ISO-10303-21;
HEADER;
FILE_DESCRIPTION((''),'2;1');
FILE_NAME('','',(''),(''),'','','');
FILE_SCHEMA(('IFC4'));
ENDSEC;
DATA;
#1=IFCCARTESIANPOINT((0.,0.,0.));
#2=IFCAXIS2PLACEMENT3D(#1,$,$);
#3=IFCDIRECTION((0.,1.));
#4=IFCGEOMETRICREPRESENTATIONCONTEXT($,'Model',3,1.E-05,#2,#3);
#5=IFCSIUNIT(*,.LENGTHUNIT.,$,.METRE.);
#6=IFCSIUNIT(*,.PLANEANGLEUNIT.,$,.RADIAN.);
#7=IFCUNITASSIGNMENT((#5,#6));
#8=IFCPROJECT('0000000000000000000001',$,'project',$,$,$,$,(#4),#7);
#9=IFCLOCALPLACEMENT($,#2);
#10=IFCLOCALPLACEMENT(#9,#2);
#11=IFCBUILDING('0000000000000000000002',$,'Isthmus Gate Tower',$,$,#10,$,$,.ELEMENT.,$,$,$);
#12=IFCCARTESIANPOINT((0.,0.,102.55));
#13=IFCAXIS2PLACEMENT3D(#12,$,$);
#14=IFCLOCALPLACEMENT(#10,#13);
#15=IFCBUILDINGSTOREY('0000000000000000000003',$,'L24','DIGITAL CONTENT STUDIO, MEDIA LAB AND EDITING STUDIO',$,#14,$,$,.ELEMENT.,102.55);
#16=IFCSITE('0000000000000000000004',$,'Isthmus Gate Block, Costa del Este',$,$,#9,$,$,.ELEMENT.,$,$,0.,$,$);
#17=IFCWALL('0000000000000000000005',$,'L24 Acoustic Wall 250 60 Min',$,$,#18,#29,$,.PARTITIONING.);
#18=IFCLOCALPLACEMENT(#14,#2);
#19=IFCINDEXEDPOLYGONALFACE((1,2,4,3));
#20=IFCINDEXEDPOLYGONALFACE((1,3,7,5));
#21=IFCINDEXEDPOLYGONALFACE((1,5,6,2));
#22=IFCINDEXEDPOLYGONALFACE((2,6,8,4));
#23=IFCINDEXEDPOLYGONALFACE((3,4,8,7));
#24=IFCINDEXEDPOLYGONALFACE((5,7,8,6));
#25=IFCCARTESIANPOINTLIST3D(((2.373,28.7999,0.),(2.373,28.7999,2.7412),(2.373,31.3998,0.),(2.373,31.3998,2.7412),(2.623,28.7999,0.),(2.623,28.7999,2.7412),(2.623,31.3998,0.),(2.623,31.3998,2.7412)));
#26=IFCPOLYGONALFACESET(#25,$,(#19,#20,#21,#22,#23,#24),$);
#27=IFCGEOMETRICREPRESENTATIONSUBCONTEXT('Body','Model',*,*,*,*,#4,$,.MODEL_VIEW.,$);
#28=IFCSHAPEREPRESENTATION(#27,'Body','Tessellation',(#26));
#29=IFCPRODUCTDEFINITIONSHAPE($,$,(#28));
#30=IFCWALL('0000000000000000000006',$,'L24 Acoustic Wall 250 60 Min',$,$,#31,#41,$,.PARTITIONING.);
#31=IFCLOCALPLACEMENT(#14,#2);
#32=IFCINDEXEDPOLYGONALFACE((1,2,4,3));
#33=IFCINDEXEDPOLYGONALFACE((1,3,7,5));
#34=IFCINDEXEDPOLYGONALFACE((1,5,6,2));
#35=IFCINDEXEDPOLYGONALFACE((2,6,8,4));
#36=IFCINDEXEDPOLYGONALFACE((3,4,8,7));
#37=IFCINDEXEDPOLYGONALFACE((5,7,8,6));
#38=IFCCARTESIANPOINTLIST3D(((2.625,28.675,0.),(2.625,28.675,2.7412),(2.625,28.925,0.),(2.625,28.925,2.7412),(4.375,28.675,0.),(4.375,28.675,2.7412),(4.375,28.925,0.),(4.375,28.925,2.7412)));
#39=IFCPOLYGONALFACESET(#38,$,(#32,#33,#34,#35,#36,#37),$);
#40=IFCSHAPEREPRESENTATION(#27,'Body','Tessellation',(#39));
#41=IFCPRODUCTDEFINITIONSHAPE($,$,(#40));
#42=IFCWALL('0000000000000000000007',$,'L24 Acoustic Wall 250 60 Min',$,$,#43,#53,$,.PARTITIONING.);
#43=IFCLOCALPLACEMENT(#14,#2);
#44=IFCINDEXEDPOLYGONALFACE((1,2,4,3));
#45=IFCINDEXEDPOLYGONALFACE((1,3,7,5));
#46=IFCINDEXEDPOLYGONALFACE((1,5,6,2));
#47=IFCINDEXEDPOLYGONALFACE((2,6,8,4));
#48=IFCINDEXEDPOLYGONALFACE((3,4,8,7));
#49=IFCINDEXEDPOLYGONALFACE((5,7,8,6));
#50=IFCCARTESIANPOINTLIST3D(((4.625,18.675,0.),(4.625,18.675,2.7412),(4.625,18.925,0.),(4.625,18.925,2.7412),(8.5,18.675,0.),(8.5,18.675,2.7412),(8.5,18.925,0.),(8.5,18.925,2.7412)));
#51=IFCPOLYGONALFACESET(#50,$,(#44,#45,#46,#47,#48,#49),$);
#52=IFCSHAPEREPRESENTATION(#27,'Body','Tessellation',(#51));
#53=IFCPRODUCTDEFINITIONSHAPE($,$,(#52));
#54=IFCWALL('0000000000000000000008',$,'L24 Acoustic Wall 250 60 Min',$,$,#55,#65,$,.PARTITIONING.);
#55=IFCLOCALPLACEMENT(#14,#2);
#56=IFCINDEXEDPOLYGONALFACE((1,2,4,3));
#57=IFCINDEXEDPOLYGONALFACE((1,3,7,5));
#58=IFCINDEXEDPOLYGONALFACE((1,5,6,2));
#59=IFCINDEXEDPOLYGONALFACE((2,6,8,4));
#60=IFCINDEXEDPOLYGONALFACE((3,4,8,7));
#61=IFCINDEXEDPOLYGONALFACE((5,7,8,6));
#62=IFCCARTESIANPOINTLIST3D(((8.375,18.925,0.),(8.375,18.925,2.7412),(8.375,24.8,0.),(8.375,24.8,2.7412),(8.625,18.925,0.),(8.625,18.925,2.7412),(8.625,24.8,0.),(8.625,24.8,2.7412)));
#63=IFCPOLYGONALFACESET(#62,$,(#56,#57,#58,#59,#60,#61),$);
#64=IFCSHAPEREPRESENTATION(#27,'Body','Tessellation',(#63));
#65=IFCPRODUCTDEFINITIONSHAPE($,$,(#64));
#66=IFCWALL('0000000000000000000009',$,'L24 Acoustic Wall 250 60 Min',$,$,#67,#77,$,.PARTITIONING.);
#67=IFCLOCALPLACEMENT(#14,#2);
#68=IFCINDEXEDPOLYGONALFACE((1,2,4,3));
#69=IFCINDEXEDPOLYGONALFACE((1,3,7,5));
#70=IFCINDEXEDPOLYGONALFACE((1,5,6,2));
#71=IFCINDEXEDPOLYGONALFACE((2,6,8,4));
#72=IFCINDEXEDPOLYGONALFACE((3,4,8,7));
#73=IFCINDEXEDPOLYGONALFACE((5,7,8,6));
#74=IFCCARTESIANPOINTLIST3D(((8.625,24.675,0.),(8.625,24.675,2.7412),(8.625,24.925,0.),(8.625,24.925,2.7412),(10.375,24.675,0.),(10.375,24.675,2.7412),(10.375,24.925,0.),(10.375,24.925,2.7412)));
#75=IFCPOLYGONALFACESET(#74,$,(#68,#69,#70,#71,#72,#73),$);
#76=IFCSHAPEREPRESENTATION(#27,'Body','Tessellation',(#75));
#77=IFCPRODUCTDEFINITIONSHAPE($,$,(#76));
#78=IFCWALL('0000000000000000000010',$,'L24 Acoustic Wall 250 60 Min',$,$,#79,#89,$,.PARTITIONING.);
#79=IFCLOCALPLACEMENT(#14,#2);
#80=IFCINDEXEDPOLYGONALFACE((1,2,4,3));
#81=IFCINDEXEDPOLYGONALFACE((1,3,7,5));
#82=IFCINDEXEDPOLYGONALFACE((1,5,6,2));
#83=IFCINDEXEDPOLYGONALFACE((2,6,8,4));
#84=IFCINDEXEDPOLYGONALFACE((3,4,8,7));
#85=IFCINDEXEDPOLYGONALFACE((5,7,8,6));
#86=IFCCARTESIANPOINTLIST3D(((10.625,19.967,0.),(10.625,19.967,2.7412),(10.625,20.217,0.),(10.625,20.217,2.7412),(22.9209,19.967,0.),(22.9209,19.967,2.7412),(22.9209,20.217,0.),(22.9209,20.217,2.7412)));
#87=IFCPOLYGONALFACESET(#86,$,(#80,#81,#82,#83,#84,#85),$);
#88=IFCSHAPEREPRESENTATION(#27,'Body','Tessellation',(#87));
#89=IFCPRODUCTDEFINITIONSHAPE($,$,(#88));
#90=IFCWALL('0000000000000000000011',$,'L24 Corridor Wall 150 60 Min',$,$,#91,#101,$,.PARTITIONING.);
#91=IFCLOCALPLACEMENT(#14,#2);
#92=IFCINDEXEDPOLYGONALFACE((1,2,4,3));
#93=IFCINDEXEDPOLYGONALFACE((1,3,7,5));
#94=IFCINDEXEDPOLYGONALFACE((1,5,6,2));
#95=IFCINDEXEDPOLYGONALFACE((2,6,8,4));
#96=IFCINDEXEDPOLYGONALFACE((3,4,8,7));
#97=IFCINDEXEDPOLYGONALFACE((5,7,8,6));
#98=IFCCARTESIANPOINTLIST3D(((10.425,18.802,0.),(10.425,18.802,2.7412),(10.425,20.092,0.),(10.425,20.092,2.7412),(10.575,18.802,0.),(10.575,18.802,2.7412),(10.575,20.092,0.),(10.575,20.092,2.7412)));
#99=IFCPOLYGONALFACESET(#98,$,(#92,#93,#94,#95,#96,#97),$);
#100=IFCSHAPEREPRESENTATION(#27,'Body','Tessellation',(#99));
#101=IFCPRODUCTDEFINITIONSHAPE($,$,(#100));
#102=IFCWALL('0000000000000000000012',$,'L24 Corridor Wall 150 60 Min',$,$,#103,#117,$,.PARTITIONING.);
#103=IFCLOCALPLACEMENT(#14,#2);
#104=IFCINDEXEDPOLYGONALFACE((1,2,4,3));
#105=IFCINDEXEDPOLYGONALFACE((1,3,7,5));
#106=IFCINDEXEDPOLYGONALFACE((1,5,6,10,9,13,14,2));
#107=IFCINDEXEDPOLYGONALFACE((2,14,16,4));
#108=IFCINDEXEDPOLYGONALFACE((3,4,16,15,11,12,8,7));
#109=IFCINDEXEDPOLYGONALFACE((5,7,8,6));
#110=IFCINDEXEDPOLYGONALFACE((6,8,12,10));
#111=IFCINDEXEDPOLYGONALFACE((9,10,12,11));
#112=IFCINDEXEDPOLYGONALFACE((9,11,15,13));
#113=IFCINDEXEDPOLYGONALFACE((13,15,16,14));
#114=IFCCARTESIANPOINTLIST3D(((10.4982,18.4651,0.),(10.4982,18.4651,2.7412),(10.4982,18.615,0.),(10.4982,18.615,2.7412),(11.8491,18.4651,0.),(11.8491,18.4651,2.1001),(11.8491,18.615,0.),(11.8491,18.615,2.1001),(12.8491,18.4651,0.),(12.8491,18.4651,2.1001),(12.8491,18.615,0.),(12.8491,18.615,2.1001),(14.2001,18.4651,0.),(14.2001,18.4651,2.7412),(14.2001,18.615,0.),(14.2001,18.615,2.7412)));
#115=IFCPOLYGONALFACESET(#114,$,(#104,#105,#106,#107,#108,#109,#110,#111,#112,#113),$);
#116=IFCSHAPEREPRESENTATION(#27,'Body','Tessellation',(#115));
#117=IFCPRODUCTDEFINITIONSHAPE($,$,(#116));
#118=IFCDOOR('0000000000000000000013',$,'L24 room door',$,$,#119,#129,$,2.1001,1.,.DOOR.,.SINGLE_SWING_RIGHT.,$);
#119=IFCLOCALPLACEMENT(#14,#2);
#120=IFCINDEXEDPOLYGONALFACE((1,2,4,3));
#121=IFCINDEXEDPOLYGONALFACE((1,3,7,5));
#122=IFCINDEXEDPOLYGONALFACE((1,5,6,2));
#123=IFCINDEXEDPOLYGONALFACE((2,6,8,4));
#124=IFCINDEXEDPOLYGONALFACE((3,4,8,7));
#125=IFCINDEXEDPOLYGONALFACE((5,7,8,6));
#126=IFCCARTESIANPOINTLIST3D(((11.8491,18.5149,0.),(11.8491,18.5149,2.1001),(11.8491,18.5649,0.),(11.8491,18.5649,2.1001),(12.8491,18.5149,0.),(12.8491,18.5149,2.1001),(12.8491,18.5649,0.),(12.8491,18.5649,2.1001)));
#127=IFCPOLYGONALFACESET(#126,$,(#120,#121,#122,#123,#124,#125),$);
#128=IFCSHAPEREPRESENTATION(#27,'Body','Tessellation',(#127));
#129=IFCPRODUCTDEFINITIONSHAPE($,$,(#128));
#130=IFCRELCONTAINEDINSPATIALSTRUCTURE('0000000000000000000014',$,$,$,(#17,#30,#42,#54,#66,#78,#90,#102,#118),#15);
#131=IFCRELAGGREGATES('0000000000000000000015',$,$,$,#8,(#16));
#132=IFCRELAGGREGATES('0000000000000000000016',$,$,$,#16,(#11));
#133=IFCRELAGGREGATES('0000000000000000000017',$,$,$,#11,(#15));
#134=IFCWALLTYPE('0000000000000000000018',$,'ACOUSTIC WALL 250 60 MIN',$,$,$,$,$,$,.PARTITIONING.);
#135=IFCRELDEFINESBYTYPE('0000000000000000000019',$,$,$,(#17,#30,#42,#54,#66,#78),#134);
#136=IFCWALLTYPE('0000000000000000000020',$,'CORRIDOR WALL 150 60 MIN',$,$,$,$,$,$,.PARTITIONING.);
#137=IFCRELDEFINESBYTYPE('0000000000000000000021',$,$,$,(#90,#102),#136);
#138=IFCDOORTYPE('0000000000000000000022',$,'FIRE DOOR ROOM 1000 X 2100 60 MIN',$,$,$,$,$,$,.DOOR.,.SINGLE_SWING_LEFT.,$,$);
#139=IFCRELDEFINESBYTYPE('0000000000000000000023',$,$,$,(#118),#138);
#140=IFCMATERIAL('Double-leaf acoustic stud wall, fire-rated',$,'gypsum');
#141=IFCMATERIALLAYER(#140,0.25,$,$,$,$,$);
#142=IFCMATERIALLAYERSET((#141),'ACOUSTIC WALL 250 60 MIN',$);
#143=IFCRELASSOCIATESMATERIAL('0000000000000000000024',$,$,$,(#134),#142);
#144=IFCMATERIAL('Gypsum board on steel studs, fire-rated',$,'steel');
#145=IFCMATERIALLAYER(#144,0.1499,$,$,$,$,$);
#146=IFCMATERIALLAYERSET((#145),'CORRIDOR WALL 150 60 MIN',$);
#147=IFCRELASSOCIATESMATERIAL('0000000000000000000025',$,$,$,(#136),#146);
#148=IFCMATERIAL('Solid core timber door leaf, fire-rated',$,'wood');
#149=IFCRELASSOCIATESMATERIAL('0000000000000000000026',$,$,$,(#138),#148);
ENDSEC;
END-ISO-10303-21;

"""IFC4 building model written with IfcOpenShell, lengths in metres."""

from ifc_helpers import new_model, si_unit, direction, frame, frame_2d, origin, place, context, subcontext, project, spatial, rectangle, extrude, material, layer, layer_set, type_object, element, fill, save


model = new_model("IFC4")

# Units and contexts
model_context = context("Model", 3, precision=1e-05, world=origin(), true_north=direction((0.0, 1.0)))
body_context = subcontext(model_context, "Body", "Model", "MODEL_VIEW")
ifc_project = project(units=[si_unit("LENGTHUNIT", "METRE"), si_unit("PLANEANGLEUNIT", "RADIAN")], contexts=[model_context])

# Site, building, storey
site_placement = place(None, origin())
site = spatial("IfcSite", under=ifc_project, at=site_placement, Name="Isthmus Gate Block, Costa del Este", CompositionType="ELEMENT", RefElevation=0.0)
building_placement = place(site_placement, origin())
building = spatial("IfcBuilding", under=site, at=building_placement, Name="Isthmus Gate Tower", CompositionType="ELEMENT")
storey_placement = place(building_placement, frame((0.0, 0.0, 102.55)))
storey = spatial("IfcBuildingStorey", under=building, at=storey_placement, Name="L24", Description="DIGITAL CONTENT STUDIO, MEDIA LAB AND EDITING STUDIO", CompositionType="ELEMENT", Elevation=102.55)

# Shared definitions
ifc_material_1 = material(Name="Double-leaf acoustic stud wall, fire-rated", Category="gypsum")
ifc_layer_1 = layer(ifc_material_1, 0.25)
ifc_layer_set_1 = layer_set([ifc_layer_1], Name="ACOUSTIC WALL 250 60 MIN")
wall_type_1 = type_object("IfcWallType", Name="ACOUSTIC WALL 250 60 MIN", PredefinedType="PARTITIONING", material=ifc_layer_set_1)

# Walls
wall_1_placement = place(storey_placement, frame((2.498, 28.8, 0.0), z_axis=(0.0, 0.0, 1.0), x_axis=(0.0, 1.0, 0.0)))
element("IfcWall", 1, at=wall_1_placement, inside=storey, type_object=wall_type_1, Name="L24 Acoustic Wall 250 60 Min", PredefinedType="PARTITIONING", context=body_context, shape_type="SweptSolid", body=[
    extrude(rectangle(XDim=2.5999, YDim=0.25, at=frame_2d((1.2998, 0.0))), origin(), (0.0, 0.0, 1.0), 2.7412),
])
wall_2_placement = place(storey_placement, frame((2.625, 28.8, 0.0), z_axis=(0.0, 0.0, 1.0), x_axis=(1.0, 0.0, 0.0)))
element("IfcWall", 2, at=wall_2_placement, inside=storey, type_object=wall_type_1, Name="L24 Acoustic Wall 250 60 Min", PredefinedType="PARTITIONING", context=body_context, shape_type="SweptSolid", body=[
    extrude(rectangle(XDim=1.75, YDim=0.25, at=frame_2d((0.875, 0.0))), origin(), (0.0, 0.0, 1.0), 2.7412),
])
wall_3_placement = place(storey_placement, frame((4.625, 18.8, 0.0), z_axis=(0.0, 0.0, 1.0), x_axis=(1.0, 0.0, 0.0)))
element("IfcWall", 3, at=wall_3_placement, inside=storey, type_object=wall_type_1, Name="L24 Acoustic Wall 250 60 Min", PredefinedType="PARTITIONING", context=body_context, shape_type="SweptSolid", body=[
    extrude(rectangle(XDim=3.875, YDim=0.25, at=frame_2d((1.9375, 0.0))), origin(), (0.0, 0.0, 1.0), 2.7412),
])
wall_4_placement = place(storey_placement, frame((8.5, 18.925, 0.0), z_axis=(0.0, 0.0, 1.0), x_axis=(0.0, 1.0, 0.0)))
element("IfcWall", 4, at=wall_4_placement, inside=storey, type_object=wall_type_1, Name="L24 Acoustic Wall 250 60 Min", PredefinedType="PARTITIONING", context=body_context, shape_type="SweptSolid", body=[
    extrude(rectangle(XDim=5.875, YDim=0.25, at=frame_2d((2.9375, 0.0))), origin(), (0.0, 0.0, 1.0), 2.7412),
])
wall_5_placement = place(storey_placement, frame((8.625, 24.8, 0.0), z_axis=(0.0, 0.0, 1.0), x_axis=(1.0, 0.0, 0.0)))
element("IfcWall", 5, at=wall_5_placement, inside=storey, type_object=wall_type_1, Name="L24 Acoustic Wall 250 60 Min", PredefinedType="PARTITIONING", context=body_context, shape_type="SweptSolid", body=[
    extrude(rectangle(XDim=1.75, YDim=0.25, at=frame_2d((0.875, 0.0))), origin(), (0.0, 0.0, 1.0), 2.7412),
])
wall_6_placement = place(storey_placement, frame((10.625, 20.092, 0.0), z_axis=(0.0, 0.0, 1.0), x_axis=(1.0, 0.0, 0.0)))
element("IfcWall", 6, at=wall_6_placement, inside=storey, type_object=wall_type_1, Name="L24 Acoustic Wall 250 60 Min", PredefinedType="PARTITIONING", context=body_context, shape_type="SweptSolid", body=[
    extrude(rectangle(XDim=12.2959, YDim=0.25, at=frame_2d((6.1479, 0.0))), origin(), (0.0, 0.0, 1.0), 2.7412),
])
ifc_material_2 = material(Name="Gypsum board on steel studs, fire-rated", Category="steel")
ifc_layer_2 = layer(ifc_material_2, 0.1499)
ifc_layer_set_2 = layer_set([ifc_layer_2], Name="CORRIDOR WALL 150 60 MIN")
wall_type_2 = type_object("IfcWallType", Name="CORRIDOR WALL 150 60 MIN", PredefinedType="PARTITIONING", material=ifc_layer_set_2)
wall_7_placement = place(storey_placement, frame((10.5, 20.092, 0.0), z_axis=(0.0, 0.0, 1.0), x_axis=(0.0, -1.0, 0.0)))
element("IfcWall", 7, at=wall_7_placement, inside=storey, type_object=wall_type_2, Name="L24 Corridor Wall 150 60 Min", PredefinedType="PARTITIONING", context=body_context, shape_type="SweptSolid", body=[
    extrude(rectangle(XDim=1.29, YDim=0.1499, at=frame_2d((0.645, 0.0))), origin(), (0.0, 0.0, 1.0), 2.7412),
])

# Wall, opening, door
wall_8_placement = place(storey_placement, frame((10.498, 18.54, 0.0), z_axis=(0.0, 0.0, 1.0), x_axis=(1.0, 0.0, 0.0)))
wall_8 = element("IfcWall", 8, at=wall_8_placement, inside=storey, type_object=wall_type_2, Name="L24 Corridor Wall 150 60 Min", PredefinedType="PARTITIONING", context=body_context, shape_type="SweptSolid", body=[
    extrude(rectangle(XDim=3.7019, YDim=0.1499, at=frame_2d((1.8511, 0.0))), origin(), (0.0, 0.0, 1.0), 2.7412),
])
opening_1_placement = place(wall_8_placement, frame((1.3511, 0.0, 0.0)))
opening_1 = element("IfcOpeningElement", 9, at=opening_1_placement, cuts=wall_8, PredefinedType="OPENING", context=body_context, shape_type="SweptSolid", body=[
    extrude(rectangle(XDim=1.0, YDim=2.1001, at=frame_2d((0.5, 1.05))), frame((0.0, 0.085, 0.0), z_axis=(0.0, -1.0, 0.0), x_axis=(1.0, 0.0, 0.0)), (0.0, 0.0, 1.0), 0.1699),
])
ifc_material_3 = material(Name="Solid core timber door leaf, fire-rated", Category="wood")
door_type_1 = type_object("IfcDoorType", Name="FIRE DOOR ROOM 1000 X 2100 60 MIN", OperationType="SINGLE_SWING_LEFT", PredefinedType="DOOR", material=ifc_material_3)
door_1_placement = place(opening_1_placement, origin())
door_1 = element("IfcDoor", 10, at=door_1_placement, inside=storey, type_object=door_type_1, Name="L24 room door", OperationType="SINGLE_SWING_RIGHT", OverallHeight=2.1001, OverallWidth=1.0, PredefinedType="DOOR", context=body_context, shape_type="SweptSolid", body=[
    extrude(rectangle(XDim=1.0, YDim=2.1001, at=frame_2d((0.5, 1.05))), frame((0.0, 0.0249, 0.0), z_axis=(0.0, -1.0, 0.0), x_axis=(1.0, 0.0, 0.0)), (0.0, 0.0, 1.0), 0.05),
])
fill(opening_1, door_1)

save(model, "model.ifc")
